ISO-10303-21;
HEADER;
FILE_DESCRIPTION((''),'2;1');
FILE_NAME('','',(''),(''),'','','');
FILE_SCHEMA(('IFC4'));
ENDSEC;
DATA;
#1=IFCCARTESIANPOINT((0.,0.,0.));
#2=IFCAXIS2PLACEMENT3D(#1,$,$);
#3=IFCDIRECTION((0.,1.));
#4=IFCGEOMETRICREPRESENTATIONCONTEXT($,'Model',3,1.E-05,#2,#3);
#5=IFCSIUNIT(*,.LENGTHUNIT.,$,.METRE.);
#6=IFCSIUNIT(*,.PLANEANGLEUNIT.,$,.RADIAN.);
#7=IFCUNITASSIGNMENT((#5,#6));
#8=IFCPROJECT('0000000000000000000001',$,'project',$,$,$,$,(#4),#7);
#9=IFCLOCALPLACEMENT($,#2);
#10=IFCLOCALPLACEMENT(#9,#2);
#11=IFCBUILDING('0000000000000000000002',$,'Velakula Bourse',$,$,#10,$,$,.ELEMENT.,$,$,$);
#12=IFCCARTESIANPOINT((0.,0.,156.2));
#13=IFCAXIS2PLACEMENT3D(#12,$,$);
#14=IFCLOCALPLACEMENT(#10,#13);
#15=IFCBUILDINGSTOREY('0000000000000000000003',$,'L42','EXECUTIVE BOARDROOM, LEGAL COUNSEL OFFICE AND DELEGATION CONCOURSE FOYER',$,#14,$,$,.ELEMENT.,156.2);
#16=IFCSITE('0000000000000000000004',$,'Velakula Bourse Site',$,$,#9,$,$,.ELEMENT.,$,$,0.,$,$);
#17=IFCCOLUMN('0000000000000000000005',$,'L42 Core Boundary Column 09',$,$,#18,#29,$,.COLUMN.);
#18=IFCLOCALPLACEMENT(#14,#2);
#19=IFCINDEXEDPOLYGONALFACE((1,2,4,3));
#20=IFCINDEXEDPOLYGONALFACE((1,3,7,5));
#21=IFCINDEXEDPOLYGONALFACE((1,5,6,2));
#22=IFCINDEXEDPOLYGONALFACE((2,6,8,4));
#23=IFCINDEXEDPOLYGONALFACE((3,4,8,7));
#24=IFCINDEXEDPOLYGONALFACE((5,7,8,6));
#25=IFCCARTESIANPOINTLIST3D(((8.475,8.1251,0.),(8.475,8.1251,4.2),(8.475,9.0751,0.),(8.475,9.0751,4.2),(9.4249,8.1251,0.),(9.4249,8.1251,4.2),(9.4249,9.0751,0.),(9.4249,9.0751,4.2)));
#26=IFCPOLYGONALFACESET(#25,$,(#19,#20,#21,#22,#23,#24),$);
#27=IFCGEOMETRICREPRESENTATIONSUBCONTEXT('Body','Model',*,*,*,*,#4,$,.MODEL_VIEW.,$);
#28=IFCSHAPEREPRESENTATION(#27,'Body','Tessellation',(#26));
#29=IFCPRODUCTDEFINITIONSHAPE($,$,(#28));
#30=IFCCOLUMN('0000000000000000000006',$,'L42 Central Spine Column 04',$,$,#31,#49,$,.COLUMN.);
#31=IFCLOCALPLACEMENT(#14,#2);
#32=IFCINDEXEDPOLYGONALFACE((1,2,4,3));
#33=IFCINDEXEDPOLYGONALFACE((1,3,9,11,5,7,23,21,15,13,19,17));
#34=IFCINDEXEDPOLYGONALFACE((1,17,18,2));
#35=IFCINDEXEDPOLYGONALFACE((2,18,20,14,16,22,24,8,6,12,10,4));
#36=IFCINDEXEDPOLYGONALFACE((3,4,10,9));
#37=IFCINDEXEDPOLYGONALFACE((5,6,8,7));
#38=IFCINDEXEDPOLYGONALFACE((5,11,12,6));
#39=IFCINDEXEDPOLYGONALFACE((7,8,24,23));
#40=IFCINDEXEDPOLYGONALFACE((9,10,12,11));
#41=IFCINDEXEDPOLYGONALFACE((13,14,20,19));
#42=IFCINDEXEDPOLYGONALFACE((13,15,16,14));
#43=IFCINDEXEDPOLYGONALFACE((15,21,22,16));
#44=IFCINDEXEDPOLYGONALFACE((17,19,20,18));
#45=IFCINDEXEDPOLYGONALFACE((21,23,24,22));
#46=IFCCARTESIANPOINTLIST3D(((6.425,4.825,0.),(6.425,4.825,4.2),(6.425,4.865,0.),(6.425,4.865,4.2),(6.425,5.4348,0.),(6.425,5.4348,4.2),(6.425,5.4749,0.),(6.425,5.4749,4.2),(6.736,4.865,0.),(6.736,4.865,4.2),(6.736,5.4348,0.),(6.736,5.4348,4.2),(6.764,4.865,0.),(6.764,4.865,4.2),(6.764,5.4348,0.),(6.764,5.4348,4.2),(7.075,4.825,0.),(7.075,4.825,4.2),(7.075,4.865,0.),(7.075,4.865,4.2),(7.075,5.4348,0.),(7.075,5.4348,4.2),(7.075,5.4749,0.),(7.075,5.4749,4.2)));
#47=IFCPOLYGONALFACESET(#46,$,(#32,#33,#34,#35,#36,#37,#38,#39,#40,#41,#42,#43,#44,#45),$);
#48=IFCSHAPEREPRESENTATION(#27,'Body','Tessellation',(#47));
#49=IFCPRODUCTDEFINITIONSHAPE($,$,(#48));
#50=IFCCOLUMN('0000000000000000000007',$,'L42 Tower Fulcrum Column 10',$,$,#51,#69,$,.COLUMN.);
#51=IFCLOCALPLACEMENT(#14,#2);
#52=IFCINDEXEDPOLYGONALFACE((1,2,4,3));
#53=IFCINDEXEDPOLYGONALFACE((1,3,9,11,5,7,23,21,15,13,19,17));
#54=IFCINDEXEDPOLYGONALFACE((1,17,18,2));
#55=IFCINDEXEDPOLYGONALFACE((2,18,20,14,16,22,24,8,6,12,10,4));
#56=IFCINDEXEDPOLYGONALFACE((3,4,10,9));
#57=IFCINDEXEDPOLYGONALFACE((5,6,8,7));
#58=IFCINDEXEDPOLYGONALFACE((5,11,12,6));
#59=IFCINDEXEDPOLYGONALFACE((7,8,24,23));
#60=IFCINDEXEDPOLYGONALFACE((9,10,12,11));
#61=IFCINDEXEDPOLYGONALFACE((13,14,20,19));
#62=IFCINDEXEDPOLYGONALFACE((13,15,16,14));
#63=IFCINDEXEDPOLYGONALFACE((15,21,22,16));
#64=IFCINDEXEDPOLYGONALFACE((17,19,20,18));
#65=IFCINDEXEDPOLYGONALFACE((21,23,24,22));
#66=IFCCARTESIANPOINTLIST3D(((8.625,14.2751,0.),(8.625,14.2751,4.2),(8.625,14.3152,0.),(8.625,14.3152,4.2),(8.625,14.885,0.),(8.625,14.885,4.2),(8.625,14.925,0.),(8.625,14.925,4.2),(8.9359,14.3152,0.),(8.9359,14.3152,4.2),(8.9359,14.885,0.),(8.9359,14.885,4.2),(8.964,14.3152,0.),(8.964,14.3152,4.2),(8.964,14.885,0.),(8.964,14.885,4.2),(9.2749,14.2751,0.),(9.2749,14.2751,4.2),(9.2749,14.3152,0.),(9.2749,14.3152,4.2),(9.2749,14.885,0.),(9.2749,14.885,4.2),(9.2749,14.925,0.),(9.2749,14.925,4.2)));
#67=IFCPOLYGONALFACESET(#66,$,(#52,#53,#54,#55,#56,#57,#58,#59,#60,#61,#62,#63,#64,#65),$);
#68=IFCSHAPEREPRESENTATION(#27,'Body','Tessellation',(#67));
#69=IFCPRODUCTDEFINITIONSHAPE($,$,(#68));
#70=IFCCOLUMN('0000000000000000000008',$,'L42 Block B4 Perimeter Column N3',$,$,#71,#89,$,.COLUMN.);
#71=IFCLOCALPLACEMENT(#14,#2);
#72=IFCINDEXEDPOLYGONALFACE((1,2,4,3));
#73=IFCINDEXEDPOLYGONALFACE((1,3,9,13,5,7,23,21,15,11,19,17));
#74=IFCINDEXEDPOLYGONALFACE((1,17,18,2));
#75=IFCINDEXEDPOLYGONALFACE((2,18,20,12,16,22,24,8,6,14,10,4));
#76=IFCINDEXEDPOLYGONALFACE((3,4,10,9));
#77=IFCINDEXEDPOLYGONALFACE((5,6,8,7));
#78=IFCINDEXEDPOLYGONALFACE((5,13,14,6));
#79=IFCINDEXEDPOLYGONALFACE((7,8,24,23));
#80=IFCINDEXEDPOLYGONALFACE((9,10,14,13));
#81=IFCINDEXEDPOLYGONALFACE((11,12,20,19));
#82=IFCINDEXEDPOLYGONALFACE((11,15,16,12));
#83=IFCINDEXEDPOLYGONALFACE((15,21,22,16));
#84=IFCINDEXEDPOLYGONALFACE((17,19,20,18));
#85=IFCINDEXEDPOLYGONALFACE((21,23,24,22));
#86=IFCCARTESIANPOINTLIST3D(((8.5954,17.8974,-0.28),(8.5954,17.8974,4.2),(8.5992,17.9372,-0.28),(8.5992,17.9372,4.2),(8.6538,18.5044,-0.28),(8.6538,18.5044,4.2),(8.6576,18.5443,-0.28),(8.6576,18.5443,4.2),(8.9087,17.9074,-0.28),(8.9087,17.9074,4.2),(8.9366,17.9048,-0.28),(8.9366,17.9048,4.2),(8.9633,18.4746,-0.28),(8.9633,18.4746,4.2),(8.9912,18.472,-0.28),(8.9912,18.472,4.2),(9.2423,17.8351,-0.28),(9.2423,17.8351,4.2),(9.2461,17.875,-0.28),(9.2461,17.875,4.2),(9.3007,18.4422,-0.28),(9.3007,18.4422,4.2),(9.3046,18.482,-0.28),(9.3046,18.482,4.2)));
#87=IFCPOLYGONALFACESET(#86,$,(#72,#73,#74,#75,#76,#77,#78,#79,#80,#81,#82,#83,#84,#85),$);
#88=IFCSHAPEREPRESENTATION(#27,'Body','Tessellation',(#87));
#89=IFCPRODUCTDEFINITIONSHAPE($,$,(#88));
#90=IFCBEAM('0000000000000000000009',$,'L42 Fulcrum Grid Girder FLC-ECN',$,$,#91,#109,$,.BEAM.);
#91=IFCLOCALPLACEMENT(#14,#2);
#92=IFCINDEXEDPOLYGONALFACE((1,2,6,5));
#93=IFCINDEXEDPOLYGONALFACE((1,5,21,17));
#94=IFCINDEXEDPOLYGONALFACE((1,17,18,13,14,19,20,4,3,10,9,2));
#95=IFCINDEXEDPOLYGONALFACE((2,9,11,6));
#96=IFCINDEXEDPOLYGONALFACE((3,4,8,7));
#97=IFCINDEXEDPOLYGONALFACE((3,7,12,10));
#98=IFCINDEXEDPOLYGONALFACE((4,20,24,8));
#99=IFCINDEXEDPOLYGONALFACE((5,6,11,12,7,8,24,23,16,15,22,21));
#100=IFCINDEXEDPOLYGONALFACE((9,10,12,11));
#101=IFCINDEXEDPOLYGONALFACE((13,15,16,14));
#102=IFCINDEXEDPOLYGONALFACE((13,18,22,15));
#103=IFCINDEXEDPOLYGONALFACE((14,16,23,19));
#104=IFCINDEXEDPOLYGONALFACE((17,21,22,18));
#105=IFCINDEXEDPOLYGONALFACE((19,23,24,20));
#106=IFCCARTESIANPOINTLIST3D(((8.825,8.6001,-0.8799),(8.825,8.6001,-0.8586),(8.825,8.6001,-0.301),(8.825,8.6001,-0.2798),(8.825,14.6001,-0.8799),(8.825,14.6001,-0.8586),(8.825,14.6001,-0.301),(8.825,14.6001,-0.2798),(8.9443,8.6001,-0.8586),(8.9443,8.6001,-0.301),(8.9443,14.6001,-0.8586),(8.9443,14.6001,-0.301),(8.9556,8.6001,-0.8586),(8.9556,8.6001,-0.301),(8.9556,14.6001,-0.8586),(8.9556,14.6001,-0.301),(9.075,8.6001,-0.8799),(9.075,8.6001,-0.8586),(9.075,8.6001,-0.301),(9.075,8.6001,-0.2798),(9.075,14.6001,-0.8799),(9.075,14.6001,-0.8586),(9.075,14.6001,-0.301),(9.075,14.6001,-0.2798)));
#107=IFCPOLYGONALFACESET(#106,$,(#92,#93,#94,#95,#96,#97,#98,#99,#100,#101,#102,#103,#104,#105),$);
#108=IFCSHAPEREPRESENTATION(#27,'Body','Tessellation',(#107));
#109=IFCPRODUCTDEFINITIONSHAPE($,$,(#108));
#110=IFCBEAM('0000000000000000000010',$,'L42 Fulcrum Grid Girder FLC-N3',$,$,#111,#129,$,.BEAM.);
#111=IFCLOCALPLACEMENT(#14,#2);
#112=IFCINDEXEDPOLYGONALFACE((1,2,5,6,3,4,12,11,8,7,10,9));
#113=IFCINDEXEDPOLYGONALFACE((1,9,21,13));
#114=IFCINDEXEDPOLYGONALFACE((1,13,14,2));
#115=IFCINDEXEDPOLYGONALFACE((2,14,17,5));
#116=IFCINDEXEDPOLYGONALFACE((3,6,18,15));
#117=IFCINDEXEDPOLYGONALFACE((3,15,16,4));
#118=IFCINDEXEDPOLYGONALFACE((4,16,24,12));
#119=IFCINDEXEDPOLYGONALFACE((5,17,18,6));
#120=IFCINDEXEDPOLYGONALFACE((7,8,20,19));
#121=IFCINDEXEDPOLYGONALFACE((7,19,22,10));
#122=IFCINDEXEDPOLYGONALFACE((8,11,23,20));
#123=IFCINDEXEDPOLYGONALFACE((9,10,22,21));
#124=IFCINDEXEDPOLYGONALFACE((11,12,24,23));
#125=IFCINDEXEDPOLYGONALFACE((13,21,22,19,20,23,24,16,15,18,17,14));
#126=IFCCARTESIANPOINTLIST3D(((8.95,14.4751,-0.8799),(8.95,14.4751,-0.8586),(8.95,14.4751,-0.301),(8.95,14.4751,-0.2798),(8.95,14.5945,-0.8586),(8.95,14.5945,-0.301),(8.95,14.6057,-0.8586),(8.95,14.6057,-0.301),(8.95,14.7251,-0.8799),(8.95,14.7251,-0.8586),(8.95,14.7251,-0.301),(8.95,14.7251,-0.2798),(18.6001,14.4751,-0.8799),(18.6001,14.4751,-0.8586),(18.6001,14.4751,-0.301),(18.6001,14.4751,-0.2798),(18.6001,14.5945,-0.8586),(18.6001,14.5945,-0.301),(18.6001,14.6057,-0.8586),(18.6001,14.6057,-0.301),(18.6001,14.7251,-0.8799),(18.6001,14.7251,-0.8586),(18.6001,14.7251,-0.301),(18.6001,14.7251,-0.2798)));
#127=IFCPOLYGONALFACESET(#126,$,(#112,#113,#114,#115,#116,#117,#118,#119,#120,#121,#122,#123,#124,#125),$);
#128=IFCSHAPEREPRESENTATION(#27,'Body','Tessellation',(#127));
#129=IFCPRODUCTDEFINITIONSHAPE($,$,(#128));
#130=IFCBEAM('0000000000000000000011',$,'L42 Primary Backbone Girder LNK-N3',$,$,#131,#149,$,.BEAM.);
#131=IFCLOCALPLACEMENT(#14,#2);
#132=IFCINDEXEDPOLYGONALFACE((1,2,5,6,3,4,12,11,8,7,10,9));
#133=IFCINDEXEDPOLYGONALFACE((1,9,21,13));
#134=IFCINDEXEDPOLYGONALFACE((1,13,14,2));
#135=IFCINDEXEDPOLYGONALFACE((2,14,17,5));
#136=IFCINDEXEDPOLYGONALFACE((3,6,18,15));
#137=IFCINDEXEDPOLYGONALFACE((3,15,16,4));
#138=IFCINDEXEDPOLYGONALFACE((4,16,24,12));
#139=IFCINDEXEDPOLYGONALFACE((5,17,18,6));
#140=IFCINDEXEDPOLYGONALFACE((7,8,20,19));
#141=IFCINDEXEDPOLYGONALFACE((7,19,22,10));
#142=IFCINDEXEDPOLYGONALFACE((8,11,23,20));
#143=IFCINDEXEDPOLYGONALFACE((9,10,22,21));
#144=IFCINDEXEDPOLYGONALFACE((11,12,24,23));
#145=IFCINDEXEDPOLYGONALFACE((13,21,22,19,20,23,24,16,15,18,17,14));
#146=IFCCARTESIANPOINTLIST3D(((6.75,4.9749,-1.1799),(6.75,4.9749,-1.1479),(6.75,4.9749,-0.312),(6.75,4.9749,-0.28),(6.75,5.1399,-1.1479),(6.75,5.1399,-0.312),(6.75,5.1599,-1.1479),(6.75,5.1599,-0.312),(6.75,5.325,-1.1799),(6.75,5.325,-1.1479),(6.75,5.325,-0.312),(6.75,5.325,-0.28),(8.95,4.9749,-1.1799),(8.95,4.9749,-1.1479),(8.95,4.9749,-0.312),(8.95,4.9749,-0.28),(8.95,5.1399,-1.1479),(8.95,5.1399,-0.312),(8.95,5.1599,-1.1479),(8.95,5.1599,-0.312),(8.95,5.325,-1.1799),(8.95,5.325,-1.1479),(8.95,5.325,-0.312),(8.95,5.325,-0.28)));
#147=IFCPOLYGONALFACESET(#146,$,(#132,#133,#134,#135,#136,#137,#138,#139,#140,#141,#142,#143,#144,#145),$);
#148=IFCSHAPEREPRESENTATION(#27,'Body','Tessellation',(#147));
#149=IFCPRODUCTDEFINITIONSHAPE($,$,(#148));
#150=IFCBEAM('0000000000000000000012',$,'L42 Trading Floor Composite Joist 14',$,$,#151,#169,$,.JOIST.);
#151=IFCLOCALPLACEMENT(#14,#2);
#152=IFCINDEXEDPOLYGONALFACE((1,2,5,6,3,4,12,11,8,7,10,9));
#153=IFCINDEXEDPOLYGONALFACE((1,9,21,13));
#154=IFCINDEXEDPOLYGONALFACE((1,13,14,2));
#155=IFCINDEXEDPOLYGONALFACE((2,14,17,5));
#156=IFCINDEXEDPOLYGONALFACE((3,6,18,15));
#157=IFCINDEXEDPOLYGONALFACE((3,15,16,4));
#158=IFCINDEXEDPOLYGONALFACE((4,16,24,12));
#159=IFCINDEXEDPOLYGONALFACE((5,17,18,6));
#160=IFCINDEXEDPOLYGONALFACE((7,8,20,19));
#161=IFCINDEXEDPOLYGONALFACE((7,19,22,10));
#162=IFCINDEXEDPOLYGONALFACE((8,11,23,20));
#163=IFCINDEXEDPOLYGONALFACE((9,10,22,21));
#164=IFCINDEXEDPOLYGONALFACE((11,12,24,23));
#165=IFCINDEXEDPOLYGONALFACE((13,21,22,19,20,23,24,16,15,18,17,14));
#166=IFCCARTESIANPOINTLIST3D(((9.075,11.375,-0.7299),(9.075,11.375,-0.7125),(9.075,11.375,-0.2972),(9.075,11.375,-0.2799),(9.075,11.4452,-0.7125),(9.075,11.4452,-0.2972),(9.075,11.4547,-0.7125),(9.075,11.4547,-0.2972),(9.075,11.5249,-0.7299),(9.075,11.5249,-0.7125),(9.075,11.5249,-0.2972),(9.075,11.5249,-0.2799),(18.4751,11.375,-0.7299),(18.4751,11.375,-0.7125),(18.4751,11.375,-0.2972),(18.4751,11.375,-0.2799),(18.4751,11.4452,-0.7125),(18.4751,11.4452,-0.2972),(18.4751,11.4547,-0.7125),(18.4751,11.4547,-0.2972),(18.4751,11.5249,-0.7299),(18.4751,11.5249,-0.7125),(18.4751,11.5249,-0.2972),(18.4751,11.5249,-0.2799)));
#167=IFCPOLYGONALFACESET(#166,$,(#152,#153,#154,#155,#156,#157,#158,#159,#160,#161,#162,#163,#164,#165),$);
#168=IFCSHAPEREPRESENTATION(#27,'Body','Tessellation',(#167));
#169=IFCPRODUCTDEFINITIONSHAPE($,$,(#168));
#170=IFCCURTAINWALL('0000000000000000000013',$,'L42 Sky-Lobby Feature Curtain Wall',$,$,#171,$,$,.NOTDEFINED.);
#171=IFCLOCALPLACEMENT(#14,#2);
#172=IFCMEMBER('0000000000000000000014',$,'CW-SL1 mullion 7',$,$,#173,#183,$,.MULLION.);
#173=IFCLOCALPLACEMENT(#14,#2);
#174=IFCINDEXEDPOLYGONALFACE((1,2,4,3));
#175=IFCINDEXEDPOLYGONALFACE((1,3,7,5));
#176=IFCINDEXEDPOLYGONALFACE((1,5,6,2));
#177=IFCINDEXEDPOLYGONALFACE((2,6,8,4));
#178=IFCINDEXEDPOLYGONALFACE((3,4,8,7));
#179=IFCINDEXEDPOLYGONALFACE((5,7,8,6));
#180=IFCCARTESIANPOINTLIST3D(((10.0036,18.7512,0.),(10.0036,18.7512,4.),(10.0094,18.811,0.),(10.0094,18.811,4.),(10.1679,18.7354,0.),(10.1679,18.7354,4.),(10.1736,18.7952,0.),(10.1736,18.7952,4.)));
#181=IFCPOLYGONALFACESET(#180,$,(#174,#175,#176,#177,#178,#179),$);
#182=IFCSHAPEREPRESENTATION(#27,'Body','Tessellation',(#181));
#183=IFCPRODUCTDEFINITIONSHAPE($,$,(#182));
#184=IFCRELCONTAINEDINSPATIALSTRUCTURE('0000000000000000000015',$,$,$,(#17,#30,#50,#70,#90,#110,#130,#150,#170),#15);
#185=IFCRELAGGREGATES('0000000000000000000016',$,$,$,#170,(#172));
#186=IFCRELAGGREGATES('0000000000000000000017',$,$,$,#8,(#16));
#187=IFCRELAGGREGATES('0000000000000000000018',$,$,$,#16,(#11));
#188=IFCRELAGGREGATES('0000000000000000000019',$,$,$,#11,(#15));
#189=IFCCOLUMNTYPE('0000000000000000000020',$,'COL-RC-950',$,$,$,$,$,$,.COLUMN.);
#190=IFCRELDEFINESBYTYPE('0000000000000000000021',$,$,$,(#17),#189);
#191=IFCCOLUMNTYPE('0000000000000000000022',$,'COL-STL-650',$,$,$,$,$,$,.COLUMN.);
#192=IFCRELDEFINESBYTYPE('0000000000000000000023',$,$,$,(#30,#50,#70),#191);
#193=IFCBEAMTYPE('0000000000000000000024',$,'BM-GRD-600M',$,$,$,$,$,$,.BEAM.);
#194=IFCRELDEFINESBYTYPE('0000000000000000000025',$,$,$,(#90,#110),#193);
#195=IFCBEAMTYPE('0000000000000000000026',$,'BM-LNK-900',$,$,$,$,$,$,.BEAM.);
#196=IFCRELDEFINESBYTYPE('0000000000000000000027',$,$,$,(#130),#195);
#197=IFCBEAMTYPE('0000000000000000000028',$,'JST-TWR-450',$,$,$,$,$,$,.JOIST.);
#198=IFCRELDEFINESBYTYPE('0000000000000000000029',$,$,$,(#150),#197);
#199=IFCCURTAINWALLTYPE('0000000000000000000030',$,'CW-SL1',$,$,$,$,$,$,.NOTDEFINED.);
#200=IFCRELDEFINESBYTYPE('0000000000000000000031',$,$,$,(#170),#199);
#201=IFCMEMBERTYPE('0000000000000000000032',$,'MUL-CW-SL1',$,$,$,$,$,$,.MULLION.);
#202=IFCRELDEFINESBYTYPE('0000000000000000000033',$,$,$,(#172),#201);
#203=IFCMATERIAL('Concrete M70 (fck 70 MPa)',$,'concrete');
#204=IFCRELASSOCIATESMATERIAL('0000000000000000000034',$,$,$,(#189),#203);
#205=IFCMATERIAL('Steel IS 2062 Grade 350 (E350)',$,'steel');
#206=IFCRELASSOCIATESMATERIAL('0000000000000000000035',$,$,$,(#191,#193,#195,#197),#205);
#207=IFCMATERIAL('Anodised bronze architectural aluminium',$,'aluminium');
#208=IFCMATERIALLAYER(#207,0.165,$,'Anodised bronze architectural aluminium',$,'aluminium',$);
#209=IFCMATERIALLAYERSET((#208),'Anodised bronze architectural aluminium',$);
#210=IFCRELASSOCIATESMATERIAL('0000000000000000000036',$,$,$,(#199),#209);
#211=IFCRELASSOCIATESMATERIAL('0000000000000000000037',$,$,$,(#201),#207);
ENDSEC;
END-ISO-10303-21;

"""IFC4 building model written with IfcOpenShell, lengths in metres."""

from ifc_helpers import new_model, si_unit, direction, frame, origin, origin_2d, place, context, subcontext, project, spatial, rectangle, i_section, extrude, material, layer, layer_set, material_profile, profile_set, type_object, element, aggregate, save


model = new_model("IFC4")

# Units and contexts
model_context = context("Model", 3, precision=1e-05, world=origin(), true_north=direction((0.0, 1.0)))
body_context = subcontext(model_context, "Body", "Model", "MODEL_VIEW")
ifc_project = project(units=[si_unit("LENGTHUNIT", "METRE"), si_unit("PLANEANGLEUNIT", "RADIAN")], contexts=[model_context])

# Site, building, storey
site_placement = place(None, origin())
site = spatial("IfcSite", under=ifc_project, at=site_placement, Name="Velakula Bourse Site", CompositionType="ELEMENT", RefElevation=0.0)
building_placement = place(site_placement, origin())
building = spatial("IfcBuilding", under=site, at=building_placement, Name="Velakula Bourse", CompositionType="ELEMENT")
storey_placement = place(building_placement, frame((0.0, 0.0, 156.2)))
storey = spatial("IfcBuildingStorey", under=building, at=storey_placement, Name="L42", Description="EXECUTIVE BOARDROOM, LEGAL COUNSEL OFFICE AND DELEGATION CONCOURSE FOYER", CompositionType="ELEMENT", Elevation=156.2)

# Columns
ifc_material_1 = material(Name="Concrete M70 (fck 70 MPa)", Category="concrete")
ifc_material_profile_1 = material_profile(ifc_material_1, rectangle(XDim=0.95, YDim=0.95, at=origin_2d()), Name="Concrete M70 (fck 70 MPa)")
ifc_profile_set_1 = profile_set([ifc_material_profile_1], Name="Concrete M70 (fck 70 MPa)")
column_type_1 = type_object("IfcColumnType", Name="COL-RC-950", PredefinedType="COLUMN", material=ifc_profile_set_1)
column_1_placement = place(storey_placement, frame((8.95, 8.6001, 0.0), z_axis=(0.0, 0.0, 1.0), x_axis=(1.0, 0.0, 0.0)))
element("IfcColumn", 1, at=column_1_placement, inside=storey, type_object=column_type_1, Name="L42 Core Boundary Column 09", PredefinedType="COLUMN", context=body_context, shape_type="SweptSolid", body=[
    extrude(rectangle(XDim=0.95, YDim=0.95, at=origin_2d()), origin(), (0.0, 0.0, 1.0), 4.2),
])
ifc_material_2 = material(Name="Steel IS 2062 Grade 350 (E350)", Category="steel")
ifc_material_profile_2 = material_profile(ifc_material_2, i_section(OverallWidth=0.6499, OverallDepth=0.6499, WebThickness=0.0281, FlangeThickness=0.04, at=origin_2d()), Name="Steel IS 2062 Grade 350 (E350)")
ifc_profile_set_2 = profile_set([ifc_material_profile_2], Name="Steel IS 2062 Grade 350 (E350)")
column_type_2 = type_object("IfcColumnType", Name="COL-STL-650", PredefinedType="COLUMN", material=ifc_profile_set_2)
for number, where, z_axis, x_axis, name in (
    (2, (6.75, 5.1499, 0.0), (0.0, 0.0, 1.0), (1.0, 0.0, 0.0), "L42 Central Spine Column 04"),
    (3, (8.95, 14.6001, 0.0), (0.0, 0.0, 1.0), (1.0, 0.0, 0.0), "L42 Tower Fulcrum Column 10"),
):
    element("IfcColumn", number, at=place(storey_placement, frame(where, z_axis=z_axis, x_axis=x_axis)), inside=storey, type_object=column_type_2, Name=name, PredefinedType="COLUMN", context=body_context, shape_type="SweptSolid", body=[
        extrude(i_section(OverallWidth=0.6499, OverallDepth=0.6499, WebThickness=0.0281, FlangeThickness=0.04, at=origin_2d()), origin(), (0.0, 0.0, 1.0), 4.2),
    ])
column_2_placement = place(storey_placement, frame((8.95, 18.1897, -0.28), z_axis=(0.0, 0.0, 1.0), x_axis=(0.995396, -0.095846, 0.0)))
element("IfcColumn", 4, at=column_2_placement, inside=storey, type_object=column_type_2, Name="L42 Block B4 Perimeter Column N3", PredefinedType="COLUMN", context=body_context, shape_type="SweptSolid", body=[
    extrude(i_section(OverallWidth=0.6499, OverallDepth=0.6499, WebThickness=0.0281, FlangeThickness=0.04, at=origin_2d()), origin(), (0.0, 0.0, 1.0), 4.48),
])

# Beams
ifc_material_profile_3 = material_profile(ifc_material_2, i_section(OverallWidth=0.25, OverallDepth=0.6001, WebThickness=0.0112, FlangeThickness=0.0212, at=origin_2d()), Name="Steel IS 2062 Grade 350 (E350)")
ifc_profile_set_3 = profile_set([ifc_material_profile_3], Name="Steel IS 2062 Grade 350 (E350)")
beam_type_1 = type_object("IfcBeamType", Name="BM-GRD-600M", PredefinedType="BEAM", material=ifc_profile_set_3)
beam_1_placement = place(storey_placement, frame((8.95, 8.6001, -0.5798), z_axis=(0.0, 1.0, 0.0), x_axis=(-1.0, 0.0, 0.0)))
element("IfcBeam", 5, at=beam_1_placement, inside=storey, type_object=beam_type_1, Name="L42 Fulcrum Grid Girder FLC-ECN", PredefinedType="BEAM", context=body_context, shape_type="SweptSolid", body=[
    extrude(i_section(OverallWidth=0.25, OverallDepth=0.6001, WebThickness=0.0112, FlangeThickness=0.0212, at=origin_2d()), origin(), (0.0, 0.0, 1.0), 6.0),
])
beam_2_placement = place(storey_placement, frame((8.95, 14.6001, -0.5798), z_axis=(1.0, 0.0, 0.0), x_axis=(0.0, 1.0, 0.0)))
element("IfcBeam", 6, at=beam_2_placement, inside=storey, type_object=beam_type_1, Name="L42 Fulcrum Grid Girder FLC-N3", PredefinedType="BEAM", context=body_context, shape_type="SweptSolid", body=[
    extrude(i_section(OverallWidth=0.25, OverallDepth=0.6001, WebThickness=0.0112, FlangeThickness=0.0212, at=origin_2d()), origin(), (0.0, 0.0, 1.0), 9.6501),
])
ifc_material_profile_4 = material_profile(ifc_material_2, i_section(OverallWidth=0.3501, OverallDepth=0.8999, WebThickness=0.02, FlangeThickness=0.032, at=origin_2d()), Name="Steel IS 2062 Grade 350 (E350)")
ifc_profile_set_4 = profile_set([ifc_material_profile_4], Name="Steel IS 2062 Grade 350 (E350)")
beam_type_2 = type_object("IfcBeamType", Name="BM-LNK-900", PredefinedType="BEAM", material=ifc_profile_set_4)
beam_3_placement = place(storey_placement, frame((6.75, 5.1499, -0.73), z_axis=(1.0, 0.0, 0.0), x_axis=(0.0, 1.0, 0.0)))
element("IfcBeam", 7, at=beam_3_placement, inside=storey, type_object=beam_type_2, Name="L42 Primary Backbone Girder LNK-N3", PredefinedType="BEAM", context=body_context, shape_type="SweptSolid", body=[
    extrude(i_section(OverallWidth=0.3501, OverallDepth=0.8999, WebThickness=0.02, FlangeThickness=0.032, at=origin_2d()), origin(), (0.0, 0.0, 1.0), 2.2),
])
ifc_material_profile_5 = material_profile(ifc_material_2, i_section(OverallWidth=0.1499, OverallDepth=0.45, WebThickness=0.0095, FlangeThickness=0.0173, at=origin_2d()), Name="Steel IS 2062 Grade 350 (E350)")
ifc_profile_set_5 = profile_set([ifc_material_profile_5], Name="Steel IS 2062 Grade 350 (E350)")
beam_type_3 = type_object("IfcBeamType", Name="JST-TWR-450", PredefinedType="JOIST", material=ifc_profile_set_5)
beam_4_placement = place(storey_placement, frame((9.075, 11.45, -0.5049), z_axis=(1.0, 0.0, 0.0), x_axis=(0.0, 1.0, 0.0)))
element("IfcBeam", 8, at=beam_4_placement, inside=storey, type_object=beam_type_3, Name="L42 Trading Floor Composite Joist 14", PredefinedType="JOIST", context=body_context, shape_type="SweptSolid", body=[
    extrude(i_section(OverallWidth=0.1499, OverallDepth=0.45, WebThickness=0.0095, FlangeThickness=0.0173, at=origin_2d()), origin(), (0.0, 0.0, 1.0), 9.4001),
])

# Curtain wall, member
ifc_material_3 = material(Name="Anodised bronze architectural aluminium", Category="aluminium")
ifc_layer_1 = layer(ifc_material_3, 0.165, Name="Anodised bronze architectural aluminium", Category="aluminium")
ifc_layer_set_1 = layer_set([ifc_layer_1], Name="Anodised bronze architectural aluminium")
curtain_wall_type = type_object("IfcCurtainWallType", Name="CW-SL1", PredefinedType="NOTDEFINED", material=ifc_layer_set_1)
curtain_wall_placement = place(storey_placement, origin())
curtain_wall = element("IfcCurtainWall", 9, at=curtain_wall_placement, inside=storey, type_object=curtain_wall_type, Name="L42 Sky-Lobby Feature Curtain Wall", PredefinedType="NOTDEFINED")
ifc_material_profile_6 = material_profile(ifc_material_3, rectangle(XDim=0.0601, YDim=0.165, at=origin_2d()), Name="Anodised bronze architectural aluminium")
ifc_profile_set_6 = profile_set([ifc_material_profile_6], Name="Anodised bronze architectural aluminium")
member_type_1 = type_object("IfcMemberType", Name="MUL-CW-SL1", PredefinedType="MULLION", material=ifc_profile_set_6)
member_1_placement = place(storey_placement, frame((10.0886, 18.7732, 0.0), z_axis=(0.0, 0.0, 1.0), x_axis=(0.095855, 0.995395, 0.0)))
member_1 = element("IfcMember", 10, at=member_1_placement, type_object=member_type_1, Name="CW-SL1 mullion 7", PredefinedType="MULLION", context=body_context, shape_type="SweptSolid", body=[
    extrude(rectangle(XDim=0.0601, YDim=0.165, at=origin_2d()), origin(), (0.0, 0.0, 1.0), 4.0),
])

aggregate(curtain_wall, [member_1])

save(model, "model.ifc")
